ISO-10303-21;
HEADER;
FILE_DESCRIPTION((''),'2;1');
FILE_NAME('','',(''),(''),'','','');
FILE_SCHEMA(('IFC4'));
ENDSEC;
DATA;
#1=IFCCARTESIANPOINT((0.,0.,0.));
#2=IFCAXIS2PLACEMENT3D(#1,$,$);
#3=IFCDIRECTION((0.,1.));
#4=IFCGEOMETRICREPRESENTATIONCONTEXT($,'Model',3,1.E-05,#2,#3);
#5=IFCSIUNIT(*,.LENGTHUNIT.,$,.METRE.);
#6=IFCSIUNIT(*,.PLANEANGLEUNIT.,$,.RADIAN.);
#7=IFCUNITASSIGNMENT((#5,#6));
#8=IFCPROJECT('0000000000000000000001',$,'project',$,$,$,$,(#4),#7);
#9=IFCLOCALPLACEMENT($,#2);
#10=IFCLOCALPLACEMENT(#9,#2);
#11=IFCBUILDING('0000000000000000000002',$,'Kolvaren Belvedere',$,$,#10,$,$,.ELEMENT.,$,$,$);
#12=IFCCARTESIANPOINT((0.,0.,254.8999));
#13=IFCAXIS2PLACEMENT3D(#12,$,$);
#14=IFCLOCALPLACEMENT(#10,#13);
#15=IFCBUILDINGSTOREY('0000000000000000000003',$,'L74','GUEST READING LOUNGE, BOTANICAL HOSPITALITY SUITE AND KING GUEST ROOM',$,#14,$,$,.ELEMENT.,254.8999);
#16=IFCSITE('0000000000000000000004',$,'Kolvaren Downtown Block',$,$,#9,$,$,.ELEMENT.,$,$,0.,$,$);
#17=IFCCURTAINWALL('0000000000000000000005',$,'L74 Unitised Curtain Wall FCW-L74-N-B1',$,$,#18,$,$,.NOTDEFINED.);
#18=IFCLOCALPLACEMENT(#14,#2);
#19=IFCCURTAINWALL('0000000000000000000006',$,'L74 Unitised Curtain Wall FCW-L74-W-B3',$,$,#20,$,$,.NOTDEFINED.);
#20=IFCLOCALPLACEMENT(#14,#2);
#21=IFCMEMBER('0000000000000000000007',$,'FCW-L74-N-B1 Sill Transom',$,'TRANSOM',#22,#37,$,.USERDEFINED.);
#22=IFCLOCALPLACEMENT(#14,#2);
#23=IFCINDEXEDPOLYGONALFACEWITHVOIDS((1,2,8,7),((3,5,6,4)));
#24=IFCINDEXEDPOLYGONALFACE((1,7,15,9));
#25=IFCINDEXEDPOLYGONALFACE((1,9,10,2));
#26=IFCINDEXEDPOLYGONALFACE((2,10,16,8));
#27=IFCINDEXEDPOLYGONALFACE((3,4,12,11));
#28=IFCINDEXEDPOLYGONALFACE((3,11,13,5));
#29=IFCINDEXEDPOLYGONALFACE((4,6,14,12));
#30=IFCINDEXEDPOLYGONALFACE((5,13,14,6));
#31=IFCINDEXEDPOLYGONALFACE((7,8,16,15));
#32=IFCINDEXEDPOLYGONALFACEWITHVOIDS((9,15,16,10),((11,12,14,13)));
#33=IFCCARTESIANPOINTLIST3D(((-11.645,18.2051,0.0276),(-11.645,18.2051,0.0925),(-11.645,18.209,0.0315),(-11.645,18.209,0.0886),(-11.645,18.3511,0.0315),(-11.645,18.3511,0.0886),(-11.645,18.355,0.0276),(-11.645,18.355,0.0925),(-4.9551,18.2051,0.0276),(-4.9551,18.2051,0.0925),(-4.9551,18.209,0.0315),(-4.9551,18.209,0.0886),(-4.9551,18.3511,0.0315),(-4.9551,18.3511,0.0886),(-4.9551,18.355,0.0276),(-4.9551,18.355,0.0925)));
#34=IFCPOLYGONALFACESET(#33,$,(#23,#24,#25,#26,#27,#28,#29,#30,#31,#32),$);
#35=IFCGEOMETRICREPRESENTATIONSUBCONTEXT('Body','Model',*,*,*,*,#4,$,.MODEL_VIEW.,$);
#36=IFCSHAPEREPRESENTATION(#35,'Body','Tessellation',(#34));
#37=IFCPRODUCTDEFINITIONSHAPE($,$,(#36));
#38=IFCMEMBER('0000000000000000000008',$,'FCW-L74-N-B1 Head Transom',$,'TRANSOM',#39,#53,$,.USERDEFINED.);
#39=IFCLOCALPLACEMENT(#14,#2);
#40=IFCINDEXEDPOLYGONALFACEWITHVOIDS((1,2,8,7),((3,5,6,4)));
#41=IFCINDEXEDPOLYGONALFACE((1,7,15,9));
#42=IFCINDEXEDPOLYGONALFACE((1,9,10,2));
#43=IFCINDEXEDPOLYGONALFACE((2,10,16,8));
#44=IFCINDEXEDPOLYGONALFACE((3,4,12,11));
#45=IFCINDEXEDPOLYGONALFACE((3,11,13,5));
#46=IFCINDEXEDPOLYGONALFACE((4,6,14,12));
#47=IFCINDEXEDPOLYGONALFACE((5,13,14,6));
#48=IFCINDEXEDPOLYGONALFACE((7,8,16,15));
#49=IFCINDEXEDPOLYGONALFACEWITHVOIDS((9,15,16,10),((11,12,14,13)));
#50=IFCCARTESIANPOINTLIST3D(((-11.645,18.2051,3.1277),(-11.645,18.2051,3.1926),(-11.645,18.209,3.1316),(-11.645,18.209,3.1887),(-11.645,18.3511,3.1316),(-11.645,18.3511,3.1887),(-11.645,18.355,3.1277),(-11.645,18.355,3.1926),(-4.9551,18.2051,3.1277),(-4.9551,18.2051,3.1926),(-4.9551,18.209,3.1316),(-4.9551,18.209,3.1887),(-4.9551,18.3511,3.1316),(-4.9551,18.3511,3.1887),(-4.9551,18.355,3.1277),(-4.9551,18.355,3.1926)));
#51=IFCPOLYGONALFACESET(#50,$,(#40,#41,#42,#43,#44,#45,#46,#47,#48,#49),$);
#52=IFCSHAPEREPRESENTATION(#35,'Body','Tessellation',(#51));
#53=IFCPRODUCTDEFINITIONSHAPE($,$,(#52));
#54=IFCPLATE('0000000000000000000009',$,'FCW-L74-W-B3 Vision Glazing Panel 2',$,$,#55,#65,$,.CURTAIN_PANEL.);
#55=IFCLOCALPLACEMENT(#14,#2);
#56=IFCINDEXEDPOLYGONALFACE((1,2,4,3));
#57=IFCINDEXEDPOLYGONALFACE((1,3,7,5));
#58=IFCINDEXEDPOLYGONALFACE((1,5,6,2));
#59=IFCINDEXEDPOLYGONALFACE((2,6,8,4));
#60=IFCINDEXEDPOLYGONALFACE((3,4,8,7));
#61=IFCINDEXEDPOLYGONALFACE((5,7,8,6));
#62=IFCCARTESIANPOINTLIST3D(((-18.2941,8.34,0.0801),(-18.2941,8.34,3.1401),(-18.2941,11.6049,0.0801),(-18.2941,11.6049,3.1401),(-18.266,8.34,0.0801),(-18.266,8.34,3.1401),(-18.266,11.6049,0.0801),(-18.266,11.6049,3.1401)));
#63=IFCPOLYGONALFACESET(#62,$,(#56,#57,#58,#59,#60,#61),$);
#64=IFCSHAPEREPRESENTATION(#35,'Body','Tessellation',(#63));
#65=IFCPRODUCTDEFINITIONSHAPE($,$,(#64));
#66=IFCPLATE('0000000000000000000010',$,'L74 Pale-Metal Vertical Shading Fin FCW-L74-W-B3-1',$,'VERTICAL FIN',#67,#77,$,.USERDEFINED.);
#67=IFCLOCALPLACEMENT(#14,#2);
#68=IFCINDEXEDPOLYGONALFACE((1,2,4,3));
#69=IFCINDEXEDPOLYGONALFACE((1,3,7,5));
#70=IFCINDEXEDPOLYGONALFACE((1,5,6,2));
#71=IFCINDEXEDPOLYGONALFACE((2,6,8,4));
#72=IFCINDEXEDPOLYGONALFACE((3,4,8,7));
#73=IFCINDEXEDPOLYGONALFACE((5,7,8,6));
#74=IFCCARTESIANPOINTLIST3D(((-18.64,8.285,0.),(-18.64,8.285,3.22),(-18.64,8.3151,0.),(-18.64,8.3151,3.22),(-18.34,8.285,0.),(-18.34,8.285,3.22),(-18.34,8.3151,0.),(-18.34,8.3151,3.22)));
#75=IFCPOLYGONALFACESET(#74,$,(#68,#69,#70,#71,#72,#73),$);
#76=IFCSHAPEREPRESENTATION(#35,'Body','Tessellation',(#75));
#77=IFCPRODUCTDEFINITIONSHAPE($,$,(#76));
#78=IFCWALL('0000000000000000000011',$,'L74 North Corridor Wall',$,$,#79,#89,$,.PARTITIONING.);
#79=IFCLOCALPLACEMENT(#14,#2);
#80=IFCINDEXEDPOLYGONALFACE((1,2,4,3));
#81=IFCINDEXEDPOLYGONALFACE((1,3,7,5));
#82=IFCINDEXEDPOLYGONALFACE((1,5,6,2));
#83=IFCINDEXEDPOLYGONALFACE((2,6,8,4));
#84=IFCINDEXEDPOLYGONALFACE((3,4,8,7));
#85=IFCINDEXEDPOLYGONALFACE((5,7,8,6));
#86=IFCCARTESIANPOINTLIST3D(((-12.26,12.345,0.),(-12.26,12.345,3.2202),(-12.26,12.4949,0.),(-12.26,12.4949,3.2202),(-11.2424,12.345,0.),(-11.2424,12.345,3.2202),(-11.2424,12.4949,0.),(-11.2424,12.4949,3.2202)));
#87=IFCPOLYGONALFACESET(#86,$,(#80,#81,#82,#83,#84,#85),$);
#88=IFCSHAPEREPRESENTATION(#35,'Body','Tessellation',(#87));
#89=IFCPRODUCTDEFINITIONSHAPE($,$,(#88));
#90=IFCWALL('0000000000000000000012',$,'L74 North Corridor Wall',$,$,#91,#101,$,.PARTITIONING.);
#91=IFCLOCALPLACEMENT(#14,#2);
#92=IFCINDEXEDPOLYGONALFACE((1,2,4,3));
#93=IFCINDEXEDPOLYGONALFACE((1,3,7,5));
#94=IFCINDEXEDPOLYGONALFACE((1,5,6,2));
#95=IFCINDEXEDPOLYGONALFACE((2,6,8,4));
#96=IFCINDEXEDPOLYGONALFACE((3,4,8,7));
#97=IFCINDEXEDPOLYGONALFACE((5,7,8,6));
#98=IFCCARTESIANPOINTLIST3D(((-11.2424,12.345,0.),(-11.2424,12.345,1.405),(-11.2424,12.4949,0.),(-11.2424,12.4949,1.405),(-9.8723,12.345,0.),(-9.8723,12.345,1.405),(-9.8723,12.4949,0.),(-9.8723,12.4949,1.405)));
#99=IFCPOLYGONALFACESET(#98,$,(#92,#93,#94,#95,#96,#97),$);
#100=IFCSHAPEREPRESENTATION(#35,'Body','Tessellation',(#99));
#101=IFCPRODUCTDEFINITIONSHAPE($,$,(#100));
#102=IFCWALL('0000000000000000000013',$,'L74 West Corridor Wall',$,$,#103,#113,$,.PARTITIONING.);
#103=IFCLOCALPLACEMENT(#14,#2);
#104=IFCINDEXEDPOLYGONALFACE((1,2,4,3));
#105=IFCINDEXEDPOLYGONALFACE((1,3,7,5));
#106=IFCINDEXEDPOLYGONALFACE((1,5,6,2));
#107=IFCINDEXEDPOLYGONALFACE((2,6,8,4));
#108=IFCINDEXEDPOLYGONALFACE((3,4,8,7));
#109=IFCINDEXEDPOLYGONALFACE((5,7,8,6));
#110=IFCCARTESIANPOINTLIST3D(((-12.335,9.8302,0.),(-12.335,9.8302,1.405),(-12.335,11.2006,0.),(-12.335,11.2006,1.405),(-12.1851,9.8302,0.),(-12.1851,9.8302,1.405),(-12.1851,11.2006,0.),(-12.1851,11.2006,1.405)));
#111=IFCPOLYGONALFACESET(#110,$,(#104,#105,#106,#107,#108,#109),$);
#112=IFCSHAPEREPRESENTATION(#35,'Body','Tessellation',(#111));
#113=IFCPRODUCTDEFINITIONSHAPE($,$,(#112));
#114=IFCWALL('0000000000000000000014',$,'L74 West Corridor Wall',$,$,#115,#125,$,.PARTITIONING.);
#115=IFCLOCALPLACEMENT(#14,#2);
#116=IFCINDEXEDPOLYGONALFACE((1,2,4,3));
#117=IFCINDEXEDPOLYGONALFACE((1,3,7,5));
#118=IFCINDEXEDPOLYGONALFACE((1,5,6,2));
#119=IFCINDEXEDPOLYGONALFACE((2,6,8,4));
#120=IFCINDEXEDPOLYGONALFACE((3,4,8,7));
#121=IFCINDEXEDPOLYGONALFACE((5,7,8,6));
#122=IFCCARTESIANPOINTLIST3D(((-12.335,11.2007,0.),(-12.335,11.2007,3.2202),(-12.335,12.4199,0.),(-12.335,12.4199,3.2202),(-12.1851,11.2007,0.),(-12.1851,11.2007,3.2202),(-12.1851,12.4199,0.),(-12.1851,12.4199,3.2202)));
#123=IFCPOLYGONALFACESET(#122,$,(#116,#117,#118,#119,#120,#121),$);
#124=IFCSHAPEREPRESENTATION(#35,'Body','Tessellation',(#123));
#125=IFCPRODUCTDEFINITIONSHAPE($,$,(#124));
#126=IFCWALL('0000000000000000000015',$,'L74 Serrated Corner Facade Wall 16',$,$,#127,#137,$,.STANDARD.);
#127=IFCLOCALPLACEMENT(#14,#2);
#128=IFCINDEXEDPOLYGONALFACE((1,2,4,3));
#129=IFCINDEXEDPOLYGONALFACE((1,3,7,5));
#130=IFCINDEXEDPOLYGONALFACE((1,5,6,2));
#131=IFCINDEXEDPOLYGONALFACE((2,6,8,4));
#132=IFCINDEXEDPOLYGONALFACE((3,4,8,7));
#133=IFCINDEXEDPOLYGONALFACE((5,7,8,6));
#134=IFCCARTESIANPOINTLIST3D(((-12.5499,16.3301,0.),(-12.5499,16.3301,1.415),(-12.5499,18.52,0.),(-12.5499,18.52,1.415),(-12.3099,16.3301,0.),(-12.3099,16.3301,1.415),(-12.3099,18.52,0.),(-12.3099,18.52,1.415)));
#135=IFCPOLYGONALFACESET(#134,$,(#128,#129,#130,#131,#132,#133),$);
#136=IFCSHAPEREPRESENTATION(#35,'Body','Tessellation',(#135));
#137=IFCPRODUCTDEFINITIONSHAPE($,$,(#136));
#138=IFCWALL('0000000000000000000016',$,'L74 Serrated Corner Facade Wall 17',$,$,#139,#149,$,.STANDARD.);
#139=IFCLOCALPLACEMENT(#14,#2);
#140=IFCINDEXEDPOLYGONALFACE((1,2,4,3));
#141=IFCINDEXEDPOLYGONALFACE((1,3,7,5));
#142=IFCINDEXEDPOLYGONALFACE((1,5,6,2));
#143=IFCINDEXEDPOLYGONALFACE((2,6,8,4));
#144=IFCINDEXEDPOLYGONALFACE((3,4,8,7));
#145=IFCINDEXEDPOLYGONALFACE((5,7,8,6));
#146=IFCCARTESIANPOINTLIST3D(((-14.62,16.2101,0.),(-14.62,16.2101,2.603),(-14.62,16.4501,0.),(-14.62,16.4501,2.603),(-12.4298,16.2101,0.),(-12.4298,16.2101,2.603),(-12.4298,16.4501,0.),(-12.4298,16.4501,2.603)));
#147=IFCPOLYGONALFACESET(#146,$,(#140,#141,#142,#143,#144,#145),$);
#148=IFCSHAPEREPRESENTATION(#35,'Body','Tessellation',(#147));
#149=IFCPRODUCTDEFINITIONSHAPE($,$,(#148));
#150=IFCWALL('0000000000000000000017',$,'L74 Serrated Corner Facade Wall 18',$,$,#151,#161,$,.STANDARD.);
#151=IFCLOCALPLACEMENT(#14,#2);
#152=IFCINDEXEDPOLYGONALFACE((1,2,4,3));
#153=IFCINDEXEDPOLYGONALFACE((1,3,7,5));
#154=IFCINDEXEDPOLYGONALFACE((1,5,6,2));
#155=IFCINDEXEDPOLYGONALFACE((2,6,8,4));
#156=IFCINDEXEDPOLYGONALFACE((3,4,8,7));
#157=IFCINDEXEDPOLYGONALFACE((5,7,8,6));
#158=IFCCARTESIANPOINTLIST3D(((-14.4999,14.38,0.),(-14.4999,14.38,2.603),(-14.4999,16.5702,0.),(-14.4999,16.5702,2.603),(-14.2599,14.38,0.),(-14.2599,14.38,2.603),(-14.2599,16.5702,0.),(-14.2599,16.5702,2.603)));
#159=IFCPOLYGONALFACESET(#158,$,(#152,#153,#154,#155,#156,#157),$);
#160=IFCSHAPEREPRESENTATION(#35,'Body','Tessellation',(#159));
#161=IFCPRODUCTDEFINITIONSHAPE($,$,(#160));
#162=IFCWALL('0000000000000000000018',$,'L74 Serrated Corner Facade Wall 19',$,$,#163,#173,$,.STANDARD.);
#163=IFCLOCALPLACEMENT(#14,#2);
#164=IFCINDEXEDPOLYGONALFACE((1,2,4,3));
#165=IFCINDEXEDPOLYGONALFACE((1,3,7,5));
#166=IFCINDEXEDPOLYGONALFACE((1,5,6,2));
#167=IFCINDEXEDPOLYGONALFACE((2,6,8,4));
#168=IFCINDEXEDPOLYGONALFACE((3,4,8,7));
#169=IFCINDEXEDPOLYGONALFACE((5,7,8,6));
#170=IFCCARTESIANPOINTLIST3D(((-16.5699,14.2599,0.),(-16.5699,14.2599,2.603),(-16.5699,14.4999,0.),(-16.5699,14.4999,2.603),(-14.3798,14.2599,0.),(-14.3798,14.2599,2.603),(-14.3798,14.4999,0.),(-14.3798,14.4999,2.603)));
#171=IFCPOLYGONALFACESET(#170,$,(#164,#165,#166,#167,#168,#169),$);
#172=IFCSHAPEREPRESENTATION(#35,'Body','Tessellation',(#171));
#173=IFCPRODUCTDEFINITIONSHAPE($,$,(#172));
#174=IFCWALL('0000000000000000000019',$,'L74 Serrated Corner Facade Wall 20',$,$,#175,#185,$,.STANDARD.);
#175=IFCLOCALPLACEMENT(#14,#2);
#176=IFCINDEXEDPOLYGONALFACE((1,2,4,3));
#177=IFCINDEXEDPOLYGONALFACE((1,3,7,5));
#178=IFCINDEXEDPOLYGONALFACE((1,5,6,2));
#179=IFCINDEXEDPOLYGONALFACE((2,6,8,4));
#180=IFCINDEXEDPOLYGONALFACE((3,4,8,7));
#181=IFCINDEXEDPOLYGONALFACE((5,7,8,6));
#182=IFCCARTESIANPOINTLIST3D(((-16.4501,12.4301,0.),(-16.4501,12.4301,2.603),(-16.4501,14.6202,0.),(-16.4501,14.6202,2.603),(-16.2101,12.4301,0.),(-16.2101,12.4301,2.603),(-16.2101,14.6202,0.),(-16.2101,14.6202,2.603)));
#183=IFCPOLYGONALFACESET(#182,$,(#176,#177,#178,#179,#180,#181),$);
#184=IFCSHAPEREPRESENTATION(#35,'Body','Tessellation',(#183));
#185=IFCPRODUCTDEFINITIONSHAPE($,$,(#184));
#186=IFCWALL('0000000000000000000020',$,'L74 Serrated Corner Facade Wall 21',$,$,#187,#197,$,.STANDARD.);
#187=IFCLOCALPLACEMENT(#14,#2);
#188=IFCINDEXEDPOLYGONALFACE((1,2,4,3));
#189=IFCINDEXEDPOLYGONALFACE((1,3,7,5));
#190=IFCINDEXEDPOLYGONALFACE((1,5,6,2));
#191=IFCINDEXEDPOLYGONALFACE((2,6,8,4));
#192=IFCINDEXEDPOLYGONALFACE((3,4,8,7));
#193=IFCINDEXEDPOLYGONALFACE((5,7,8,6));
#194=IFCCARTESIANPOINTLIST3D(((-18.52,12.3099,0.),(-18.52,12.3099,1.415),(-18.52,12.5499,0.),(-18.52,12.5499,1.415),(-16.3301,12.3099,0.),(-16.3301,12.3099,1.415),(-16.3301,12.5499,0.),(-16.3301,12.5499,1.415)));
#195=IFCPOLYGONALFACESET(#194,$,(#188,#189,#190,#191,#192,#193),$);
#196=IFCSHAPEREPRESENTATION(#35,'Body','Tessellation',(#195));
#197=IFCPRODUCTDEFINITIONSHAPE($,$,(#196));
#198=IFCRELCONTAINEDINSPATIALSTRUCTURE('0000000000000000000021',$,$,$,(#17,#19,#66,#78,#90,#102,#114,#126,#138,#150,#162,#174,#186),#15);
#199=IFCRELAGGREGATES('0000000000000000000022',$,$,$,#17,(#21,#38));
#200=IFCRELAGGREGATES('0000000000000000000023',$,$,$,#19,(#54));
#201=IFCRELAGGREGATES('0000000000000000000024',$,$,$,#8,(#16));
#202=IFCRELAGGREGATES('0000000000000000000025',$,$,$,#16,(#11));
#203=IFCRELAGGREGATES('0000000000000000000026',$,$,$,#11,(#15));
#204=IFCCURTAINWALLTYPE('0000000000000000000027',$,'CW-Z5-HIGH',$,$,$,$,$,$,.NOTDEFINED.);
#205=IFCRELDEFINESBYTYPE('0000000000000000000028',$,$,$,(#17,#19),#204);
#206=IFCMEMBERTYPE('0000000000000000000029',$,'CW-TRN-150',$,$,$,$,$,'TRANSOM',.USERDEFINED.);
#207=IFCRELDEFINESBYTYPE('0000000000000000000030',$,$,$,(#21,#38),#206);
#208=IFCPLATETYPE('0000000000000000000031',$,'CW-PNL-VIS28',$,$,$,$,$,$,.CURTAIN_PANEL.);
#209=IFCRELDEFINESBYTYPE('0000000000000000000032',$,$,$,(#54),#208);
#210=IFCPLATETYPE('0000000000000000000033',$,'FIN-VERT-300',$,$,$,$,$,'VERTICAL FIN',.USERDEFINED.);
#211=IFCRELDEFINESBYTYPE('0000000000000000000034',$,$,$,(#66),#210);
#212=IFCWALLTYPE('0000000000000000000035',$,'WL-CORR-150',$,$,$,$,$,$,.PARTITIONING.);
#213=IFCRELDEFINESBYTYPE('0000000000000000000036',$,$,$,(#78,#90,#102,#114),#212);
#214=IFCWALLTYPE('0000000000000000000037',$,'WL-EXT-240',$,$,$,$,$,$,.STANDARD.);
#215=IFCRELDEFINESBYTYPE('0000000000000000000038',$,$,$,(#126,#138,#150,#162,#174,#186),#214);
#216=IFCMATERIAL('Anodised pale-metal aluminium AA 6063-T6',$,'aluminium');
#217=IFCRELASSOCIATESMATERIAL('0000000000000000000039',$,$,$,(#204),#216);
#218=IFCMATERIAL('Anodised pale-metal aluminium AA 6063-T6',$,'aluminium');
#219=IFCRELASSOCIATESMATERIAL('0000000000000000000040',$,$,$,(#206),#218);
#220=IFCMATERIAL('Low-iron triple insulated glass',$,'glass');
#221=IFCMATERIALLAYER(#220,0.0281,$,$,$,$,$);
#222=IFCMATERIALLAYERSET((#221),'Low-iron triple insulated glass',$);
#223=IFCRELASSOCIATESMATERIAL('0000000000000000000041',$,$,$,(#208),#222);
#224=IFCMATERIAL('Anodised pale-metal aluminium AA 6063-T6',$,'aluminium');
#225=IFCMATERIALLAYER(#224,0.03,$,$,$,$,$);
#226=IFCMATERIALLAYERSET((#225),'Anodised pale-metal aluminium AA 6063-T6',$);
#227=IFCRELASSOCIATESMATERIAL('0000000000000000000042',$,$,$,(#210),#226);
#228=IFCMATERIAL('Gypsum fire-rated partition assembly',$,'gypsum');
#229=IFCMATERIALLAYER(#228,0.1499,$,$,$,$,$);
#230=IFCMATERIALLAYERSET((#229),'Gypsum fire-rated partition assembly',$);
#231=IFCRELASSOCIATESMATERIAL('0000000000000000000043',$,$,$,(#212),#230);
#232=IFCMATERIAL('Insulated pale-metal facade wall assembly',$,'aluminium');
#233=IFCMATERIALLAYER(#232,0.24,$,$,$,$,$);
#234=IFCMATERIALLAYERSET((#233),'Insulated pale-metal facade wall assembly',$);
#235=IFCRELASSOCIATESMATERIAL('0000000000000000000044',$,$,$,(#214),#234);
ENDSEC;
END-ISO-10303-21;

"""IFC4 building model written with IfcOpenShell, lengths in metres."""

from ifc_helpers import new_model, si_unit, direction, frame, frame_2d, origin, origin_2d, place, context, subcontext, project, spatial, rectangle, hollow_rectangle, extrude, material, layer, layer_set, material_profile, profile_set, type_object, element, aggregate, save


model = new_model("IFC4")

# Units and contexts
model_context = context("Model", 3, precision=1e-05, world=origin(), true_north=direction((0.0, 1.0)))
body_context = subcontext(model_context, "Body", "Model", "MODEL_VIEW")
ifc_project = project(units=[si_unit("LENGTHUNIT", "METRE"), si_unit("PLANEANGLEUNIT", "RADIAN")], contexts=[model_context])

# Site, building, storey
site_placement = place(None, origin())
site = spatial("IfcSite", under=ifc_project, at=site_placement, Name="Kolvaren Downtown Block", CompositionType="ELEMENT", RefElevation=0.0)
building_placement = place(site_placement, origin())
building = spatial("IfcBuilding", under=site, at=building_placement, Name="Kolvaren Belvedere", CompositionType="ELEMENT")
storey_placement = place(building_placement, frame((0.0, 0.0, 254.8999)))
storey = spatial("IfcBuildingStorey", under=building, at=storey_placement, Name="L74", Description="GUEST READING LOUNGE, BOTANICAL HOSPITALITY SUITE AND KING GUEST ROOM", CompositionType="ELEMENT", Elevation=254.8999)

# Curtain wall
ifc_material_1 = material(Name="Anodised pale-metal aluminium AA 6063-T6", Category="aluminium")
curtain_wall_type = type_object("IfcCurtainWallType", Name="CW-Z5-HIGH", PredefinedType="NOTDEFINED", material=ifc_material_1)
curtain_wall_1_placement = place(storey_placement, origin())
curtain_wall_1 = element("IfcCurtainWall", 1, at=curtain_wall_1_placement, inside=storey, type_object=curtain_wall_type, Name="L74 Unitised Curtain Wall FCW-L74-N-B1", PredefinedType="NOTDEFINED")

# Curtain wall
curtain_wall_2_placement = place(storey_placement, origin())
curtain_wall_2 = element("IfcCurtainWall", 2, at=curtain_wall_2_placement, inside=storey, type_object=curtain_wall_type, Name="L74 Unitised Curtain Wall FCW-L74-W-B3", PredefinedType="NOTDEFINED")

# Members
ifc_material_2 = material(Name="Anodised pale-metal aluminium AA 6063-T6", Category="aluminium")
ifc_material_profile_1 = material_profile(ifc_material_2, hollow_rectangle(XDim=0.0649, YDim=0.1499, WallThickness=0.0039, at=origin_2d()), Name="ALU-TRN-150X65")
ifc_profile_set_1 = profile_set([ifc_material_profile_1], Name="Anodised pale-metal aluminium AA 6063-T6")
member_type_1 = type_object("IfcMemberType", Name="CW-TRN-150", ElementType="TRANSOM", PredefinedType="USERDEFINED", material=ifc_profile_set_1)
member_1_placement = place(storey_placement, frame((-11.645, 18.28, 0.0601), z_axis=(1.0, 0.0, 0.0), x_axis=(0.0, 0.0, 1.0)))
member_1 = element("IfcMember", 3, at=member_1_placement, type_object=member_type_1, Name="FCW-L74-N-B1 Sill Transom", ObjectType="TRANSOM", PredefinedType="USERDEFINED", context=body_context, shape_type="SweptSolid", body=[
    extrude(hollow_rectangle(XDim=0.0649, YDim=0.1499, WallThickness=0.0039, at=origin_2d()), origin(), (0.0, 0.0, 1.0), 6.6899),
])
member_2_placement = place(storey_placement, frame((-11.645, 18.28, 3.1602), z_axis=(1.0, 0.0, 0.0), x_axis=(0.0, 0.0, 1.0)))
member_2 = element("IfcMember", 4, at=member_2_placement, type_object=member_type_1, Name="FCW-L74-N-B1 Head Transom", ObjectType="TRANSOM", PredefinedType="USERDEFINED", context=body_context, shape_type="SweptSolid", body=[
    extrude(hollow_rectangle(XDim=0.0649, YDim=0.1499, WallThickness=0.0039, at=origin_2d()), origin(), (0.0, 0.0, 1.0), 6.6899),
])
aggregate(curtain_wall_1, [member_1, member_2])

# Plates
ifc_material_3 = material(Name="Low-iron triple insulated glass", Category="glass")
ifc_layer_1 = layer(ifc_material_3, 0.0281)
ifc_layer_set_1 = layer_set([ifc_layer_1], Name="Low-iron triple insulated glass")
plate_type_1 = type_object("IfcPlateType", Name="CW-PNL-VIS28", PredefinedType="CURTAIN_PANEL", material=ifc_layer_set_1)
plate_1_placement = place(storey_placement, frame((-18.28, 9.9724, 0.0801), z_axis=(0.0, 0.0, 1.0), x_axis=(0.0, 1.0, 0.0)))
plate_1 = element("IfcPlate", 5, at=plate_1_placement, type_object=plate_type_1, Name="FCW-L74-W-B3 Vision Glazing Panel 2", PredefinedType="CURTAIN_PANEL", context=body_context, shape_type="SweptSolid", body=[
    extrude(rectangle(XDim=3.2649, YDim=0.0281, at=origin_2d()), origin(), (0.0, 0.0, 1.0), 3.0601),
])
aggregate(curtain_wall_2, [plate_1])
ifc_material_4 = material(Name="Anodised pale-metal aluminium AA 6063-T6", Category="aluminium")
ifc_layer_2 = layer(ifc_material_4, 0.03)
ifc_layer_set_2 = layer_set([ifc_layer_2], Name="Anodised pale-metal aluminium AA 6063-T6")
plate_type_2 = type_object("IfcPlateType", Name="FIN-VERT-300", ElementType="VERTICAL FIN", PredefinedType="USERDEFINED", material=ifc_layer_set_2)
plate_2_placement = place(storey_placement, frame((-18.49, 8.3, 0.0), z_axis=(0.0, 0.0, 1.0), x_axis=(1.0, 0.0, 0.0)))
element("IfcPlate", 6, at=plate_2_placement, inside=storey, type_object=plate_type_2, Name="L74 Pale-Metal Vertical Shading Fin FCW-L74-W-B3-1", ObjectType="VERTICAL FIN", PredefinedType="USERDEFINED", context=body_context, shape_type="SweptSolid", body=[
    extrude(rectangle(XDim=0.3, YDim=0.03, at=origin_2d()), origin(), (0.0, 0.0, 1.0), 3.22),
])

# Walls
ifc_material_5 = material(Name="Gypsum fire-rated partition assembly", Category="gypsum")
ifc_layer_3 = layer(ifc_material_5, 0.1499)
ifc_layer_set_3 = layer_set([ifc_layer_3], Name="Gypsum fire-rated partition assembly")
wall_type_1 = type_object("IfcWallType", Name="WL-CORR-150", PredefinedType="PARTITIONING", material=ifc_layer_set_3)
wall_1_placement = place(storey_placement, frame((-12.26, 12.4199, 0.0), z_axis=(0.0, 0.0, 1.0), x_axis=(1.0, 0.0, 0.0)))
element("IfcWall", 7, at=wall_1_placement, inside=storey, type_object=wall_type_1, Name="L74 North Corridor Wall", PredefinedType="PARTITIONING", context=body_context, shape_type="SweptSolid", body=[
    extrude(rectangle(XDim=1.0176, YDim=0.1499, at=frame_2d((0.5088, 0.0))), origin(), (0.0, 0.0, 1.0), 3.2202),
])
wall_2_placement = place(storey_placement, frame((-11.2424, 12.4199, 0.0), z_axis=(0.0, 0.0, 1.0), x_axis=(1.0, 0.0, 0.0)))
element("IfcWall", 8, at=wall_2_placement, inside=storey, type_object=wall_type_1, Name="L74 North Corridor Wall", PredefinedType="PARTITIONING", context=body_context, shape_type="SweptSolid", body=[
    extrude(rectangle(XDim=1.3701, YDim=0.1499, at=frame_2d((0.6851, 0.0))), origin(), (0.0, 0.0, 1.0), 1.405),
])
wall_3_placement = place(storey_placement, frame((-12.26, 9.8303, 0.0), z_axis=(0.0, 0.0, 1.0), x_axis=(0.0, 1.0, 0.0)))
element("IfcWall", 9, at=wall_3_placement, inside=storey, type_object=wall_type_1, Name="L74 West Corridor Wall", PredefinedType="PARTITIONING", context=body_context, shape_type="SweptSolid", body=[
    extrude(rectangle(XDim=1.3704, YDim=0.1499, at=frame_2d((0.6851, 0.0))), origin(), (0.0, 0.0, 1.0), 1.405),
])
wall_4_placement = place(storey_placement, frame((-12.26, 11.2007, 0.0), z_axis=(0.0, 0.0, 1.0), x_axis=(0.0, 1.0, 0.0)))
element("IfcWall", 10, at=wall_4_placement, inside=storey, type_object=wall_type_1, Name="L74 West Corridor Wall", PredefinedType="PARTITIONING", context=body_context, shape_type="SweptSolid", body=[
    extrude(rectangle(XDim=1.2192, YDim=0.1499, at=frame_2d((0.6096, 0.0))), origin(), (0.0, 0.0, 1.0), 3.2202),
])
ifc_material_6 = material(Name="Insulated pale-metal facade wall assembly", Category="aluminium")
ifc_layer_4 = layer(ifc_material_6, 0.24)
ifc_layer_set_4 = layer_set([ifc_layer_4], Name="Insulated pale-metal facade wall assembly")
wall_type_2 = type_object("IfcWallType", Name="WL-EXT-240", PredefinedType="STANDARD", material=ifc_layer_set_4)
wall_5_placement = place(storey_placement, frame((-12.4299, 16.3301, 0.0), z_axis=(0.0, 0.0, 1.0), x_axis=(0.0, 1.0, 0.0)))
element("IfcWall", 11, at=wall_5_placement, inside=storey, type_object=wall_type_2, Name="L74 Serrated Corner Facade Wall 16", PredefinedType="STANDARD", context=body_context, shape_type="SweptSolid", body=[
    extrude(rectangle(XDim=2.1899, YDim=0.24, at=frame_2d((1.095, 0.0))), origin(), (0.0, 0.0, 1.0), 1.415),
])
for number, where, z_axis, x_axis, name in (
    (12, (-14.6201, 16.3301, 0.0), (0.0, 0.0, 1.0), (1.0, 0.0, 0.0), "L74 Serrated Corner Facade Wall 17"),
    (13, (-14.3799, 14.3799, 0.0), (0.0, 0.0, 1.0), (0.0, 1.0, 0.0), "L74 Serrated Corner Facade Wall 18"),
    (14, (-16.5701, 14.3799, 0.0), (0.0, 0.0, 1.0), (1.0, 0.0, 0.0), "L74 Serrated Corner Facade Wall 19"),
    (15, (-16.3301, 12.4299, 0.0), (0.0, 0.0, 1.0), (0.0, 1.0, 0.0), "L74 Serrated Corner Facade Wall 20"),
):
    element("IfcWall", number, at=place(storey_placement, frame(where, z_axis=z_axis, x_axis=x_axis)), inside=storey, type_object=wall_type_2, Name=name, PredefinedType="STANDARD", context=body_context, shape_type="SweptSolid", body=[
        extrude(rectangle(XDim=2.1902, YDim=0.24, at=frame_2d((1.0952, 0.0))), origin(), (0.0, 0.0, 1.0), 2.603),
    ])
wall_6_placement = place(storey_placement, frame((-18.52, 12.4299, 0.0), z_axis=(0.0, 0.0, 1.0), x_axis=(1.0, 0.0, 0.0)))
element("IfcWall", 16, at=wall_6_placement, inside=storey, type_object=wall_type_2, Name="L74 Serrated Corner Facade Wall 21", PredefinedType="STANDARD", context=body_context, shape_type="SweptSolid", body=[
    extrude(rectangle(XDim=2.1899, YDim=0.24, at=frame_2d((1.095, 0.0))), origin(), (0.0, 0.0, 1.0), 1.415),
])

save(model, "model.ifc")
